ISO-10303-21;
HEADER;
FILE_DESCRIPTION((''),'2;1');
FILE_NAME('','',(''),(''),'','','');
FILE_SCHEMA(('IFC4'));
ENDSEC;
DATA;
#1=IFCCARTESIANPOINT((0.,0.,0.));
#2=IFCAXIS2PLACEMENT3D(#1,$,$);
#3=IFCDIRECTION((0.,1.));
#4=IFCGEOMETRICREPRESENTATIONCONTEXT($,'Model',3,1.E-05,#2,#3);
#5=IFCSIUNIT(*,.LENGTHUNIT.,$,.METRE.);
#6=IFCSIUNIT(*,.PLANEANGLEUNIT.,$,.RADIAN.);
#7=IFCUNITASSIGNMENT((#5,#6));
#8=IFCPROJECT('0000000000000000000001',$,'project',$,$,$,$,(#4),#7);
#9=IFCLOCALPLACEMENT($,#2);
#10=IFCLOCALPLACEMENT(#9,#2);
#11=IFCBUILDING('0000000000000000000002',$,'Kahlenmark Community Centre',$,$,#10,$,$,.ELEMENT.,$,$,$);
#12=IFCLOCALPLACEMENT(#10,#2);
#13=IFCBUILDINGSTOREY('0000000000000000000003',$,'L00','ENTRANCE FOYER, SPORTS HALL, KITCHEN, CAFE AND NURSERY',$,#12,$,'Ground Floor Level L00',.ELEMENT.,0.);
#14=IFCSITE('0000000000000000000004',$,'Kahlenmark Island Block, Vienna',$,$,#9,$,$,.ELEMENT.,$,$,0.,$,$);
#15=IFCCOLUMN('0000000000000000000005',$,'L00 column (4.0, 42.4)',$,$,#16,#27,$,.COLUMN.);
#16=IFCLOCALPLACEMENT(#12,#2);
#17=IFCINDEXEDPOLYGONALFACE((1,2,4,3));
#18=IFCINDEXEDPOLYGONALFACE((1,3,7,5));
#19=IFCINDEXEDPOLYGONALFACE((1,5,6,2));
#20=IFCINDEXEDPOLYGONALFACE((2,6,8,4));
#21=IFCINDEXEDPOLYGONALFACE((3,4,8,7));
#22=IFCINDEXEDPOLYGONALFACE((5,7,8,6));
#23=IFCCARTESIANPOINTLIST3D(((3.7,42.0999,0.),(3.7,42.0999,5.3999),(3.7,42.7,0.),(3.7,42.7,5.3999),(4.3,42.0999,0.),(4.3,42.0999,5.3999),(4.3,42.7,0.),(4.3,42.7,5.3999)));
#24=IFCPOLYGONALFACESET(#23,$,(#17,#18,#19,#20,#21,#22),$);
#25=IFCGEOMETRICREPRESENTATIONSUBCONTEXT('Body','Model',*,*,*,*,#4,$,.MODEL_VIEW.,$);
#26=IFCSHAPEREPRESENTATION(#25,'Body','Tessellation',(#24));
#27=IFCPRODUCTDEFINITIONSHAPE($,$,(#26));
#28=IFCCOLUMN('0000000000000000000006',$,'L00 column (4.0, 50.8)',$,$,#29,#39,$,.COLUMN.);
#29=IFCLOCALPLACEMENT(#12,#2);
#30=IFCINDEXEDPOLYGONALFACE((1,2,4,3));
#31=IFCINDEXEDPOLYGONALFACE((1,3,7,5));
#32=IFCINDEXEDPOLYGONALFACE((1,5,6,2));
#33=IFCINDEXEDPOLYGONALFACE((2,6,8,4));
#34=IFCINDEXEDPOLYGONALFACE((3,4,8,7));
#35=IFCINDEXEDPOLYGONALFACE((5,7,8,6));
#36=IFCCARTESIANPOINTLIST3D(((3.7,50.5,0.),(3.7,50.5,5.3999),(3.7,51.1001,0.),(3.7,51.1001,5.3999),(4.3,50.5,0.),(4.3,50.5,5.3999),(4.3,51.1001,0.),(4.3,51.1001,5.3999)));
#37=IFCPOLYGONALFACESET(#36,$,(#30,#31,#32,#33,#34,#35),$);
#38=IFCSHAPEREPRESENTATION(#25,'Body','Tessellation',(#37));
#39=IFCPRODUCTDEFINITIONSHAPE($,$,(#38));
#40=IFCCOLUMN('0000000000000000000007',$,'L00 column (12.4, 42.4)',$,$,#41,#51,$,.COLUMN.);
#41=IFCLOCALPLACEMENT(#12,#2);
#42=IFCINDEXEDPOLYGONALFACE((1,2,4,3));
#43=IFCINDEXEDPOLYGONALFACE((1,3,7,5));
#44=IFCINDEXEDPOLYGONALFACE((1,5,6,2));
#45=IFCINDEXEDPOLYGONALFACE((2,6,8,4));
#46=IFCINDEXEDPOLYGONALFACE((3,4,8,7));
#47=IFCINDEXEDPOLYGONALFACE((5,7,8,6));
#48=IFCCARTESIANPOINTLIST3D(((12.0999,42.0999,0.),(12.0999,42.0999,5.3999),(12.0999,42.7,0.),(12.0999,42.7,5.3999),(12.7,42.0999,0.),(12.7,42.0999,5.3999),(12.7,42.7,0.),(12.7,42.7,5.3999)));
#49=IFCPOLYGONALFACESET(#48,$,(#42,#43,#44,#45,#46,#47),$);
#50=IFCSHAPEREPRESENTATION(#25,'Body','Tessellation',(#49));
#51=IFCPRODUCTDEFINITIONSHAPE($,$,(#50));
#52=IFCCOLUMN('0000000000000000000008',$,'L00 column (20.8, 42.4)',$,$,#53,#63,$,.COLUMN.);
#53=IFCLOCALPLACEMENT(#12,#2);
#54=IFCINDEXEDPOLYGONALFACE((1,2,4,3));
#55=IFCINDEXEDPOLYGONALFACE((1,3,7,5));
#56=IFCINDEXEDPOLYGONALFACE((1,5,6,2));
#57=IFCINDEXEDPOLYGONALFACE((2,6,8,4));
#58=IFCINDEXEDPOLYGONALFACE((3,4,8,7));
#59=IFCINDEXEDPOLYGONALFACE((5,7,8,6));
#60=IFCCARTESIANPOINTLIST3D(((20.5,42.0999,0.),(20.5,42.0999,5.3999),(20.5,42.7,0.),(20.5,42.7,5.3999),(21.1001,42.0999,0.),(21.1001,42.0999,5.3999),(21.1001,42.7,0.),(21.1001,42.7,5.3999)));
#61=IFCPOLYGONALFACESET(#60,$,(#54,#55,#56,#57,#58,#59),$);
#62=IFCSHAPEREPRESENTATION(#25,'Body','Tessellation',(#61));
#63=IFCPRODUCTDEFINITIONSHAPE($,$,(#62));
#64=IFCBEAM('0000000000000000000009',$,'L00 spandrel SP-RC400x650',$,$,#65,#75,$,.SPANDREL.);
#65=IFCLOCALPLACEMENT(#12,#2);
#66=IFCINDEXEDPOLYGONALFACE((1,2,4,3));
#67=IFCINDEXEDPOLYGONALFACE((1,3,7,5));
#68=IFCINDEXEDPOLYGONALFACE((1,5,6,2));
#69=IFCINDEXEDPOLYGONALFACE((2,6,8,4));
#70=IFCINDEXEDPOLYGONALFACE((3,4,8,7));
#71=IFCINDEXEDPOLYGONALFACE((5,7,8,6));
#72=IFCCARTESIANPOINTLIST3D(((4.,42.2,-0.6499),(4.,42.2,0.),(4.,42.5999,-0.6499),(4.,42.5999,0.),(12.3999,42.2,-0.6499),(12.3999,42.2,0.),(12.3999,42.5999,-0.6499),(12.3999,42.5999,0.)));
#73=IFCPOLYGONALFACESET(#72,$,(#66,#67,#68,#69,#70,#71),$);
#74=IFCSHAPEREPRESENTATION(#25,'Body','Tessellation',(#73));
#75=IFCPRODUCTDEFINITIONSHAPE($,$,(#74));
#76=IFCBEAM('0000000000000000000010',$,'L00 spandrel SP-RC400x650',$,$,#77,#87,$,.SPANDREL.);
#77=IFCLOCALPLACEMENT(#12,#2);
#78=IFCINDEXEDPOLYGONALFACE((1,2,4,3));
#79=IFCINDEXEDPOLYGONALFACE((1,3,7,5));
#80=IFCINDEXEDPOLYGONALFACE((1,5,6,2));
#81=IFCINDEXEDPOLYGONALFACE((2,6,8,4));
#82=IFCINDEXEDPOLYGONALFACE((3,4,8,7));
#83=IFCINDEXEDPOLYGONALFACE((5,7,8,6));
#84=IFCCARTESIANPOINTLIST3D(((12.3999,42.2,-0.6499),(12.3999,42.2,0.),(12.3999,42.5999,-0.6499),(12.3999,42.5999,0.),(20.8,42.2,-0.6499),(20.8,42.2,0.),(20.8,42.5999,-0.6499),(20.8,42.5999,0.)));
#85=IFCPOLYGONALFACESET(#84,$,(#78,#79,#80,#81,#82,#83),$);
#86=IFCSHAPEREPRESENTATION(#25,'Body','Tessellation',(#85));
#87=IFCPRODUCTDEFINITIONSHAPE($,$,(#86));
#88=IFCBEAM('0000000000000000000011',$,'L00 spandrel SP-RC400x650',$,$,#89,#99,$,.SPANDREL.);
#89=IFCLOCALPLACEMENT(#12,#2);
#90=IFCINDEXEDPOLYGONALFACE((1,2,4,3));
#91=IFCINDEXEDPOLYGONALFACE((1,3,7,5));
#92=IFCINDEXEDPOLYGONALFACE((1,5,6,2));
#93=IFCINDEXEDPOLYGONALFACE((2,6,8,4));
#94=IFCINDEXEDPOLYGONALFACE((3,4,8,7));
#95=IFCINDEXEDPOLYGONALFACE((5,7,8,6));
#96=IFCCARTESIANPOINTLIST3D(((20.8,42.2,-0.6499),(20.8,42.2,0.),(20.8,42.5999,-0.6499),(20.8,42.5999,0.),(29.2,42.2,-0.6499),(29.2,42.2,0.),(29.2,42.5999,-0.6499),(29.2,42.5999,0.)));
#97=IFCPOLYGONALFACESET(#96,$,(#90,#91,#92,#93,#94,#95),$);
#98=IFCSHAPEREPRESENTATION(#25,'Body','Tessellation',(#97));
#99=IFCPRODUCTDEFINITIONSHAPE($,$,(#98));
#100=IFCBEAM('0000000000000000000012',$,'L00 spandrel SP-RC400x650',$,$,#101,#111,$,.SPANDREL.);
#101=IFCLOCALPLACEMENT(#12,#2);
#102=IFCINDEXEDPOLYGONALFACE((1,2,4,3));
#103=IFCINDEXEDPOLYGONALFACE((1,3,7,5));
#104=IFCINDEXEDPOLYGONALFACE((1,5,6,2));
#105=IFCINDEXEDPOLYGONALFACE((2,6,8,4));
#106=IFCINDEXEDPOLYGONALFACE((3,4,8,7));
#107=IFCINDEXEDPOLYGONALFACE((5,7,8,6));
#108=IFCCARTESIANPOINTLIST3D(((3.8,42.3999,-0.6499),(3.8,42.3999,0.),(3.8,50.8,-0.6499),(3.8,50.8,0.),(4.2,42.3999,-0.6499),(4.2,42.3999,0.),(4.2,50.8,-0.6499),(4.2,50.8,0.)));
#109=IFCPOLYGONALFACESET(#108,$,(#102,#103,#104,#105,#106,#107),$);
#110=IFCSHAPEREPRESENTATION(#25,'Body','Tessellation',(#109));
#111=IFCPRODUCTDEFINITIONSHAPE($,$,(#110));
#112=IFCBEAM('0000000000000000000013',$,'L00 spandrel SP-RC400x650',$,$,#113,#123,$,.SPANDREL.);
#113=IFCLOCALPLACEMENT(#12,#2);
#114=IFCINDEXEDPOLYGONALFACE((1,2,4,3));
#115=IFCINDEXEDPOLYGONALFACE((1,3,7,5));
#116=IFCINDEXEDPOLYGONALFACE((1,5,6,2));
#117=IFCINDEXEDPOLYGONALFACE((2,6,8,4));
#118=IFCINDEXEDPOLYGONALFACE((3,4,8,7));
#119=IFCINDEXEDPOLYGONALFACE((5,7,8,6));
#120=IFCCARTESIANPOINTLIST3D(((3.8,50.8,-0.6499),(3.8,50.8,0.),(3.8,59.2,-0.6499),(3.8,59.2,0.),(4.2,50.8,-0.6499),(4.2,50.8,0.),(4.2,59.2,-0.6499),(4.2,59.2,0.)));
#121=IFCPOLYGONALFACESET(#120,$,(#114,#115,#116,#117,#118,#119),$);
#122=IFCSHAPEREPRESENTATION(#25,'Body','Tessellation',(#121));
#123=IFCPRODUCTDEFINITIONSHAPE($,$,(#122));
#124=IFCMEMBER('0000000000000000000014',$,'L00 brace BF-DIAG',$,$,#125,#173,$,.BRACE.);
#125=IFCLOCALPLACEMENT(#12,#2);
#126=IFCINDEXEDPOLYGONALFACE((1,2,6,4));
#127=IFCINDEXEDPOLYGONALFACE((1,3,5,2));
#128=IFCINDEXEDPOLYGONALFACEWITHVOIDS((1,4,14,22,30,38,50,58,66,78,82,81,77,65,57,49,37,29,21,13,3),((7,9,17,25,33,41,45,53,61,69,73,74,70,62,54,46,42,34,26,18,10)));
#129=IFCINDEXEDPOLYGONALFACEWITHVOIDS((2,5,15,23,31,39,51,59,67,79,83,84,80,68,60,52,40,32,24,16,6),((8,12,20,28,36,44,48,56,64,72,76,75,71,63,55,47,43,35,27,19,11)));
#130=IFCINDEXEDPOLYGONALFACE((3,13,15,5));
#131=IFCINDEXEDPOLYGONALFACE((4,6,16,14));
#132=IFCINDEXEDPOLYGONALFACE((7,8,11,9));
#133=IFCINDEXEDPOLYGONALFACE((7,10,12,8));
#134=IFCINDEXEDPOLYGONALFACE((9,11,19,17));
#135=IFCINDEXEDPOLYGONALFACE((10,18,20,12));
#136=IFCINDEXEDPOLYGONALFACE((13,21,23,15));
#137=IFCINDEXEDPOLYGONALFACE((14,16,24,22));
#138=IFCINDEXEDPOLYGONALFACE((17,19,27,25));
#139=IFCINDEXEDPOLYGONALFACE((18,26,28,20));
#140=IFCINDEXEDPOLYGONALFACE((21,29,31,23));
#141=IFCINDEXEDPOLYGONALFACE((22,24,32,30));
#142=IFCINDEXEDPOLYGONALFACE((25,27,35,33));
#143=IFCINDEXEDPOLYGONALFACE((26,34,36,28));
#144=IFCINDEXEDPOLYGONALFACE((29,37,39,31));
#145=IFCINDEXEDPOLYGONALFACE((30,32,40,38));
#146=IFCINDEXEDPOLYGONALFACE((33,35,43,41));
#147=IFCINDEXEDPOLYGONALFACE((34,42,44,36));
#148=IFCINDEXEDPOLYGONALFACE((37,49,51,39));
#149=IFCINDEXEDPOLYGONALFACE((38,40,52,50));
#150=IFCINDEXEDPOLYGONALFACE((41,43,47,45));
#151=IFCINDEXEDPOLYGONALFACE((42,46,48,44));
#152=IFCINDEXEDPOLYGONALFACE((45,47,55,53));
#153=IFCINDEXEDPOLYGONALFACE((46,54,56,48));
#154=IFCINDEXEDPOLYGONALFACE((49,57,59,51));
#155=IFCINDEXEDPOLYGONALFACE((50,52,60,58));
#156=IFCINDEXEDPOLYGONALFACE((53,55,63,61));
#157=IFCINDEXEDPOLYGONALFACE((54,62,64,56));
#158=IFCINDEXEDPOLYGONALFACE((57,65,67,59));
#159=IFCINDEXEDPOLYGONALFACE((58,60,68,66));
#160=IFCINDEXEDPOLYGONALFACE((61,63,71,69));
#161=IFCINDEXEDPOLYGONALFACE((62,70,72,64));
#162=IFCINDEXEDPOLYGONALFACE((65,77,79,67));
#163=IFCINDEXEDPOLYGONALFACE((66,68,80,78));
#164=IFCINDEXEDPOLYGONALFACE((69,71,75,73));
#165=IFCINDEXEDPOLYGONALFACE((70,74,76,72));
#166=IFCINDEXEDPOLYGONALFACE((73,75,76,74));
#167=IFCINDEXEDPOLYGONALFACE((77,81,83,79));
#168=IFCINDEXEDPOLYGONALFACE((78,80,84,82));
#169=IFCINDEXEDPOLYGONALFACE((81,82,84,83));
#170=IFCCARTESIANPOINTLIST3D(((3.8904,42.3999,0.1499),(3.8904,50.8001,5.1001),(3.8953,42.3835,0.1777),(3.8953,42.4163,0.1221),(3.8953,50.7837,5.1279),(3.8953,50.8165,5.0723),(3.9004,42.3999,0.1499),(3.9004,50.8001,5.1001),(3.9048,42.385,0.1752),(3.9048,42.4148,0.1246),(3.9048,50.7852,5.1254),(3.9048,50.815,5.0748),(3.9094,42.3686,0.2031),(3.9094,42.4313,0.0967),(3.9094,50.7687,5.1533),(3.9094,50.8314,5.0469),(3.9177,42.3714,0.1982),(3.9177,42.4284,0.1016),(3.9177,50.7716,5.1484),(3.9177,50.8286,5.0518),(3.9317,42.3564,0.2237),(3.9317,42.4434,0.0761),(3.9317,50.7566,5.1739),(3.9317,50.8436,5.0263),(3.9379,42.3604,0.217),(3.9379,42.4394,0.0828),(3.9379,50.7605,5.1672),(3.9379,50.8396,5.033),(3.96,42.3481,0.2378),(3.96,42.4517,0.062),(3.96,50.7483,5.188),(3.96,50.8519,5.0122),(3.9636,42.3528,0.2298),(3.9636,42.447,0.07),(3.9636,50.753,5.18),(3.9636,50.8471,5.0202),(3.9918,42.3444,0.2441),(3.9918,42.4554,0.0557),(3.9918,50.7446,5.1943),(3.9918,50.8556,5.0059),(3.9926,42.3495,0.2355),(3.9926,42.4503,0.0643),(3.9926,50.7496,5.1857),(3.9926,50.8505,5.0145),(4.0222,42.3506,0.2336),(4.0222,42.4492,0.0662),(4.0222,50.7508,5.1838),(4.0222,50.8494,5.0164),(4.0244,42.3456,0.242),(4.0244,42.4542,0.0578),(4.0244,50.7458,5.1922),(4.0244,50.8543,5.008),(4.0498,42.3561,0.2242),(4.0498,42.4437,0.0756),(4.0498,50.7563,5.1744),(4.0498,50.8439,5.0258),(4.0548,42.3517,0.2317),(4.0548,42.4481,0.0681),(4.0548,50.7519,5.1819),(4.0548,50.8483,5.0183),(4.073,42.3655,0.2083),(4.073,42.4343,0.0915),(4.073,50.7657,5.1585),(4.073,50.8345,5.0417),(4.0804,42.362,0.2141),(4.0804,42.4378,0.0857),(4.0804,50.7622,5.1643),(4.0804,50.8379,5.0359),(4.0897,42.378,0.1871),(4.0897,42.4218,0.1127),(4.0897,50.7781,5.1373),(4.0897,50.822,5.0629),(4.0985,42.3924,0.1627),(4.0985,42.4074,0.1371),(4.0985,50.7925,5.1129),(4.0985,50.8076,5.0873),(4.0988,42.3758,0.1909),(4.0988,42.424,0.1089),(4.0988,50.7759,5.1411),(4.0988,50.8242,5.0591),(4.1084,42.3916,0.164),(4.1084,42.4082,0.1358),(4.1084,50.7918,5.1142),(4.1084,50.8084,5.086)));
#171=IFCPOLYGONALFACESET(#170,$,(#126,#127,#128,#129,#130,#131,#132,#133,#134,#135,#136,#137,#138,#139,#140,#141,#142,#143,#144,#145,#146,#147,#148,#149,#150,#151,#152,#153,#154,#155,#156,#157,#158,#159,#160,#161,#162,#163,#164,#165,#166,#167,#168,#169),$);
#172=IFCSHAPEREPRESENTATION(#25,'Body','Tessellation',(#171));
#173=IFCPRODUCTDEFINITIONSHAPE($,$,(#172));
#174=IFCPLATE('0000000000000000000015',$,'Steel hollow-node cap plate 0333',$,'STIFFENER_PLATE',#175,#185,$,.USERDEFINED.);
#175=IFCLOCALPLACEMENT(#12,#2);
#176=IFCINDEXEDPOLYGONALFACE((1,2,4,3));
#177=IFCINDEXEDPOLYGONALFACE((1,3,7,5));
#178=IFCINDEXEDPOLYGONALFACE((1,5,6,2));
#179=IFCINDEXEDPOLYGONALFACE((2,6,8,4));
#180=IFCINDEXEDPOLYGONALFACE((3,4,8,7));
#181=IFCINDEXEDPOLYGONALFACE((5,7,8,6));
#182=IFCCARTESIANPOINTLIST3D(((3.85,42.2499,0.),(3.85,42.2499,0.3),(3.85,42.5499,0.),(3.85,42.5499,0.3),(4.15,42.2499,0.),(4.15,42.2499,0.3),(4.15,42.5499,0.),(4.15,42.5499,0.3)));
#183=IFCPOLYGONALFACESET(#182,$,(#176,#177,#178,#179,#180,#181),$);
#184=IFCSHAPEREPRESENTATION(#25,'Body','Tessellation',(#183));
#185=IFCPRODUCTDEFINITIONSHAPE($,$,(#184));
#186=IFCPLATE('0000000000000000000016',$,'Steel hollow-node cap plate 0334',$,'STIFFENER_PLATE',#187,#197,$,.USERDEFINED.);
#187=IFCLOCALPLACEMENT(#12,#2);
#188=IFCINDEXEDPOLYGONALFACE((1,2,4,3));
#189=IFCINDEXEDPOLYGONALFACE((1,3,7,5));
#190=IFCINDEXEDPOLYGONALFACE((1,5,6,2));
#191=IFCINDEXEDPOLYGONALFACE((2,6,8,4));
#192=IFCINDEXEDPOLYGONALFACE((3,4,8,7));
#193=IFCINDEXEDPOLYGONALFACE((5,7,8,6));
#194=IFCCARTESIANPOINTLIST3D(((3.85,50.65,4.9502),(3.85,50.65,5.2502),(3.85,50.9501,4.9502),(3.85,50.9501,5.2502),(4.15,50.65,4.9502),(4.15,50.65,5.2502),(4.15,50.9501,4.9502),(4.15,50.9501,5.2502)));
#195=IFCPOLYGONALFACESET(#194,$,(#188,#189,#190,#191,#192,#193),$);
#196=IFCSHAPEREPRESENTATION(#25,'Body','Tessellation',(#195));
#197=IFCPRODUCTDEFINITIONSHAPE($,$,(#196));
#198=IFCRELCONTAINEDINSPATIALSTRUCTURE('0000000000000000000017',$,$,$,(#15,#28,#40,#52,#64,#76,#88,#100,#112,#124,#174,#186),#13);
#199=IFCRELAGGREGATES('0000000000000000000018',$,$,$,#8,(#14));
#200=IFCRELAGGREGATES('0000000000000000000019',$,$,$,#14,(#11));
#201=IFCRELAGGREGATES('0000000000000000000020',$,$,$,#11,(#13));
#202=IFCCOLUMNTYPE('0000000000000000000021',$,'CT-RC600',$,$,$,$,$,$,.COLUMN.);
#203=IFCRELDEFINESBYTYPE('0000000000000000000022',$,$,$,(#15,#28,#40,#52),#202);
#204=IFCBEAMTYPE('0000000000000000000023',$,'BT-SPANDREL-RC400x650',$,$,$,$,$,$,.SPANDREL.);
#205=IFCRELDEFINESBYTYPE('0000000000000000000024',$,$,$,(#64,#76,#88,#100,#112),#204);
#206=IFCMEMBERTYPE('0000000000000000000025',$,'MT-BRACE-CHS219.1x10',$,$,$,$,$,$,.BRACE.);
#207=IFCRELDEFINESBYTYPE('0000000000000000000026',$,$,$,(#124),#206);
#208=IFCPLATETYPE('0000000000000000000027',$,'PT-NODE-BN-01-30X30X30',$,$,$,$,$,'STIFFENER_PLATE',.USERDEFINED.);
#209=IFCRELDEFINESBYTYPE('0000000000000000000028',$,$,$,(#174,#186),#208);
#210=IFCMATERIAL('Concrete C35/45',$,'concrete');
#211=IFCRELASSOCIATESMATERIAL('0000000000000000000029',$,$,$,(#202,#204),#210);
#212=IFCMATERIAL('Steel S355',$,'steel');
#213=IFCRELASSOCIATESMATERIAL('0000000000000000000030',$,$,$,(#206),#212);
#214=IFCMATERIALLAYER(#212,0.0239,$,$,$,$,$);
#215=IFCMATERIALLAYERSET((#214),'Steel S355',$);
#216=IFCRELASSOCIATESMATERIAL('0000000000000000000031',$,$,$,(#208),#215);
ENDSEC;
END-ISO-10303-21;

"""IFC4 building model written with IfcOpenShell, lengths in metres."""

from ifc_helpers import new_model, si_unit, direction, frame, origin, origin_2d, place, context, subcontext, project, spatial, rectangle, hollow_circle, extrude, material, layer, layer_set, material_profile, profile_set, type_object, element, save


model = new_model("IFC4")

# Units and contexts
model_context = context("Model", 3, precision=1e-05, world=origin(), true_north=direction((0.0, 1.0)))
body_context = subcontext(model_context, "Body", "Model", "MODEL_VIEW")
ifc_project = project(units=[si_unit("LENGTHUNIT", "METRE"), si_unit("PLANEANGLEUNIT", "RADIAN")], contexts=[model_context])

# Site, building, storey
site_placement = place(None, origin())
site = spatial("IfcSite", under=ifc_project, at=site_placement, Name="Kahlenmark Island Block, Vienna", CompositionType="ELEMENT", RefElevation=0.0)
building_placement = place(site_placement, origin())
building = spatial("IfcBuilding", under=site, at=building_placement, Name="Kahlenmark Community Centre", CompositionType="ELEMENT")
storey_placement = place(building_placement, origin())
storey = spatial("IfcBuildingStorey", under=building, at=storey_placement, Name="L00", Description="ENTRANCE FOYER, SPORTS HALL, KITCHEN, CAFE AND NURSERY", LongName="Ground Floor Level L00", CompositionType="ELEMENT", Elevation=0.0)

# Columns
ifc_material_1 = material(Name="Concrete C35/45", Category="concrete")
ifc_material_profile_1 = material_profile(ifc_material_1, rectangle(XDim=0.6001, YDim=0.6001, at=origin_2d()), Name="RC 600x600")
ifc_profile_set_1 = profile_set([ifc_material_profile_1], Name="Concrete C35/45")
column_type = type_object("IfcColumnType", Name="CT-RC600", PredefinedType="COLUMN", material=ifc_profile_set_1)
for number, where, z_axis, x_axis, name in (
    (1, (4.0, 42.3999, 0.0), (0.0, 0.0, 1.0), (1.0, 0.0, 0.0), "L00 column (4.0, 42.4)"),
    (2, (4.0, 50.8, 0.0), (0.0, 0.0, 1.0), (1.0, 0.0, 0.0), "L00 column (4.0, 50.8)"),
    (3, (12.3999, 42.3999, 0.0), (0.0, 0.0, 1.0), (1.0, 0.0, 0.0), "L00 column (12.4, 42.4)"),
    (4, (20.8, 42.3999, 0.0), (0.0, 0.0, 1.0), (1.0, 0.0, 0.0), "L00 column (20.8, 42.4)"),
):
    element("IfcColumn", number, at=place(storey_placement, frame(where, z_axis=z_axis, x_axis=x_axis)), inside=storey, type_object=column_type, Name=name, PredefinedType="COLUMN", context=body_context, shape_type="SweptSolid", body=[
        extrude(rectangle(XDim=0.6001, YDim=0.6001, at=origin_2d()), origin(), (0.0, 0.0, 1.0), 5.3999),
    ])

# Beams
ifc_material_profile_2 = material_profile(ifc_material_1, rectangle(XDim=0.3999, YDim=0.6499, at=origin_2d()), Name="RC 400x650")
ifc_profile_set_2 = profile_set([ifc_material_profile_2], Name="Concrete C35/45")
beam_type = type_object("IfcBeamType", Name="BT-SPANDREL-RC400x650", PredefinedType="SPANDREL", material=ifc_profile_set_2)
beam_1_placement = place(storey_placement, frame((4.0, 42.3999, -0.325), z_axis=(1.0, 0.0, 0.0), x_axis=(0.0, 1.0, 0.0)))
element("IfcBeam", 5, at=beam_1_placement, inside=storey, type_object=beam_type, Name="L00 spandrel SP-RC400x650", PredefinedType="SPANDREL", context=body_context, shape_type="SweptSolid", body=[
    extrude(rectangle(XDim=0.3999, YDim=0.6499, at=origin_2d()), origin(), (0.0, 0.0, 1.0), 8.3999),
])
beam_2_placement = place(storey_placement, frame((12.3999, 42.3999, -0.325), z_axis=(1.0, 0.0, 0.0), x_axis=(0.0, 1.0, 0.0)))
element("IfcBeam", 6, at=beam_2_placement, inside=storey, type_object=beam_type, Name="L00 spandrel SP-RC400x650", PredefinedType="SPANDREL", context=body_context, shape_type="SweptSolid", body=[
    extrude(rectangle(XDim=0.3999, YDim=0.6499, at=origin_2d()), origin(), (0.0, 0.0, 1.0), 8.4001),
])
beam_3_placement = place(storey_placement, frame((20.8, 42.3999, -0.325), z_axis=(1.0, 0.0, 0.0), x_axis=(0.0, 1.0, 0.0)))
element("IfcBeam", 7, at=beam_3_placement, inside=storey, type_object=beam_type, Name="L00 spandrel SP-RC400x650", PredefinedType="SPANDREL", context=body_context, shape_type="SweptSolid", body=[
    extrude(rectangle(XDim=0.3999, YDim=0.6499, at=origin_2d()), origin(), (0.0, 0.0, 1.0), 8.3999),
])
beam_4_placement = place(storey_placement, frame((4.0, 42.3999, -0.325), z_axis=(0.0, 1.0, 0.0), x_axis=(-1.0, 0.0, 0.0)))
element("IfcBeam", 8, at=beam_4_placement, inside=storey, type_object=beam_type, Name="L00 spandrel SP-RC400x650", PredefinedType="SPANDREL", context=body_context, shape_type="SweptSolid", body=[
    extrude(rectangle(XDim=0.3999, YDim=0.6499, at=origin_2d()), origin(), (0.0, 0.0, 1.0), 8.4001),
])
beam_5_placement = place(storey_placement, frame((4.0, 50.8, -0.325), z_axis=(0.0, 1.0, 0.0), x_axis=(-1.0, 0.0, 0.0)))
element("IfcBeam", 9, at=beam_5_placement, inside=storey, type_object=beam_type, Name="L00 spandrel SP-RC400x650", PredefinedType="SPANDREL", context=body_context, shape_type="SweptSolid", body=[
    extrude(rectangle(XDim=0.3999, YDim=0.6499, at=origin_2d()), origin(), (0.0, 0.0, 1.0), 8.3999),
])

# Member
ifc_material_2 = material(Name="Steel S355", Category="steel")
ifc_material_profile_3 = material_profile(ifc_material_2, hollow_circle(Radius=0.1096, WallThickness=0.01, at=origin_2d()), Name="CHS 219.1x10")
ifc_profile_set_3 = profile_set([ifc_material_profile_3], Name="Steel S355")
member_type = type_object("IfcMemberType", Name="MT-BRACE-CHS219.1x10", PredefinedType="BRACE", material=ifc_profile_set_3)
member_placement = place(storey_placement, frame((4.0, 42.3999, 0.1499), z_axis=(0.0, 0.861534, 0.507701), x_axis=(-1.0, 0.0, 0.0)))
element("IfcMember", 10, at=member_placement, inside=storey, type_object=member_type, Name="L00 brace BF-DIAG", PredefinedType="BRACE", context=body_context, shape_type="SweptSolid", body=[
    extrude(hollow_circle(Radius=0.1096, WallThickness=0.01, at=origin_2d()), origin(), (0.0, 0.0, 1.0), 9.7502),
])

# Plates
ifc_layer_1 = layer(ifc_material_2, 0.0239)
ifc_layer_set_1 = layer_set([ifc_layer_1], Name="Steel S355")
plate_type = type_object("IfcPlateType", Name="PT-NODE-BN-01-30X30X30", ElementType="STIFFENER_PLATE", PredefinedType="USERDEFINED", material=ifc_layer_set_1)
for number, where, z_axis, x_axis, name in (
    (11, (4.0, 42.3999, 0.0), (0.0, 0.0, 1.0), (1.0, 0.0, 0.0), "Steel hollow-node cap plate 0333"),
    (12, (4.0, 50.8, 4.9502), (0.0, 0.0, 1.0), (1.0, 0.0, 0.0), "Steel hollow-node cap plate 0334"),
):
    element("IfcPlate", number, at=place(storey_placement, frame(where, z_axis=z_axis, x_axis=x_axis)), inside=storey, type_object=plate_type, Name=name, ObjectType="STIFFENER_PLATE", PredefinedType="USERDEFINED", context=body_context, shape_type="SweptSolid", body=[
        extrude(rectangle(XDim=0.3, YDim=0.3, at=origin_2d()), origin(), (0.0, 0.0, 1.0), 0.3),
    ])

save(model, "model.ifc")
